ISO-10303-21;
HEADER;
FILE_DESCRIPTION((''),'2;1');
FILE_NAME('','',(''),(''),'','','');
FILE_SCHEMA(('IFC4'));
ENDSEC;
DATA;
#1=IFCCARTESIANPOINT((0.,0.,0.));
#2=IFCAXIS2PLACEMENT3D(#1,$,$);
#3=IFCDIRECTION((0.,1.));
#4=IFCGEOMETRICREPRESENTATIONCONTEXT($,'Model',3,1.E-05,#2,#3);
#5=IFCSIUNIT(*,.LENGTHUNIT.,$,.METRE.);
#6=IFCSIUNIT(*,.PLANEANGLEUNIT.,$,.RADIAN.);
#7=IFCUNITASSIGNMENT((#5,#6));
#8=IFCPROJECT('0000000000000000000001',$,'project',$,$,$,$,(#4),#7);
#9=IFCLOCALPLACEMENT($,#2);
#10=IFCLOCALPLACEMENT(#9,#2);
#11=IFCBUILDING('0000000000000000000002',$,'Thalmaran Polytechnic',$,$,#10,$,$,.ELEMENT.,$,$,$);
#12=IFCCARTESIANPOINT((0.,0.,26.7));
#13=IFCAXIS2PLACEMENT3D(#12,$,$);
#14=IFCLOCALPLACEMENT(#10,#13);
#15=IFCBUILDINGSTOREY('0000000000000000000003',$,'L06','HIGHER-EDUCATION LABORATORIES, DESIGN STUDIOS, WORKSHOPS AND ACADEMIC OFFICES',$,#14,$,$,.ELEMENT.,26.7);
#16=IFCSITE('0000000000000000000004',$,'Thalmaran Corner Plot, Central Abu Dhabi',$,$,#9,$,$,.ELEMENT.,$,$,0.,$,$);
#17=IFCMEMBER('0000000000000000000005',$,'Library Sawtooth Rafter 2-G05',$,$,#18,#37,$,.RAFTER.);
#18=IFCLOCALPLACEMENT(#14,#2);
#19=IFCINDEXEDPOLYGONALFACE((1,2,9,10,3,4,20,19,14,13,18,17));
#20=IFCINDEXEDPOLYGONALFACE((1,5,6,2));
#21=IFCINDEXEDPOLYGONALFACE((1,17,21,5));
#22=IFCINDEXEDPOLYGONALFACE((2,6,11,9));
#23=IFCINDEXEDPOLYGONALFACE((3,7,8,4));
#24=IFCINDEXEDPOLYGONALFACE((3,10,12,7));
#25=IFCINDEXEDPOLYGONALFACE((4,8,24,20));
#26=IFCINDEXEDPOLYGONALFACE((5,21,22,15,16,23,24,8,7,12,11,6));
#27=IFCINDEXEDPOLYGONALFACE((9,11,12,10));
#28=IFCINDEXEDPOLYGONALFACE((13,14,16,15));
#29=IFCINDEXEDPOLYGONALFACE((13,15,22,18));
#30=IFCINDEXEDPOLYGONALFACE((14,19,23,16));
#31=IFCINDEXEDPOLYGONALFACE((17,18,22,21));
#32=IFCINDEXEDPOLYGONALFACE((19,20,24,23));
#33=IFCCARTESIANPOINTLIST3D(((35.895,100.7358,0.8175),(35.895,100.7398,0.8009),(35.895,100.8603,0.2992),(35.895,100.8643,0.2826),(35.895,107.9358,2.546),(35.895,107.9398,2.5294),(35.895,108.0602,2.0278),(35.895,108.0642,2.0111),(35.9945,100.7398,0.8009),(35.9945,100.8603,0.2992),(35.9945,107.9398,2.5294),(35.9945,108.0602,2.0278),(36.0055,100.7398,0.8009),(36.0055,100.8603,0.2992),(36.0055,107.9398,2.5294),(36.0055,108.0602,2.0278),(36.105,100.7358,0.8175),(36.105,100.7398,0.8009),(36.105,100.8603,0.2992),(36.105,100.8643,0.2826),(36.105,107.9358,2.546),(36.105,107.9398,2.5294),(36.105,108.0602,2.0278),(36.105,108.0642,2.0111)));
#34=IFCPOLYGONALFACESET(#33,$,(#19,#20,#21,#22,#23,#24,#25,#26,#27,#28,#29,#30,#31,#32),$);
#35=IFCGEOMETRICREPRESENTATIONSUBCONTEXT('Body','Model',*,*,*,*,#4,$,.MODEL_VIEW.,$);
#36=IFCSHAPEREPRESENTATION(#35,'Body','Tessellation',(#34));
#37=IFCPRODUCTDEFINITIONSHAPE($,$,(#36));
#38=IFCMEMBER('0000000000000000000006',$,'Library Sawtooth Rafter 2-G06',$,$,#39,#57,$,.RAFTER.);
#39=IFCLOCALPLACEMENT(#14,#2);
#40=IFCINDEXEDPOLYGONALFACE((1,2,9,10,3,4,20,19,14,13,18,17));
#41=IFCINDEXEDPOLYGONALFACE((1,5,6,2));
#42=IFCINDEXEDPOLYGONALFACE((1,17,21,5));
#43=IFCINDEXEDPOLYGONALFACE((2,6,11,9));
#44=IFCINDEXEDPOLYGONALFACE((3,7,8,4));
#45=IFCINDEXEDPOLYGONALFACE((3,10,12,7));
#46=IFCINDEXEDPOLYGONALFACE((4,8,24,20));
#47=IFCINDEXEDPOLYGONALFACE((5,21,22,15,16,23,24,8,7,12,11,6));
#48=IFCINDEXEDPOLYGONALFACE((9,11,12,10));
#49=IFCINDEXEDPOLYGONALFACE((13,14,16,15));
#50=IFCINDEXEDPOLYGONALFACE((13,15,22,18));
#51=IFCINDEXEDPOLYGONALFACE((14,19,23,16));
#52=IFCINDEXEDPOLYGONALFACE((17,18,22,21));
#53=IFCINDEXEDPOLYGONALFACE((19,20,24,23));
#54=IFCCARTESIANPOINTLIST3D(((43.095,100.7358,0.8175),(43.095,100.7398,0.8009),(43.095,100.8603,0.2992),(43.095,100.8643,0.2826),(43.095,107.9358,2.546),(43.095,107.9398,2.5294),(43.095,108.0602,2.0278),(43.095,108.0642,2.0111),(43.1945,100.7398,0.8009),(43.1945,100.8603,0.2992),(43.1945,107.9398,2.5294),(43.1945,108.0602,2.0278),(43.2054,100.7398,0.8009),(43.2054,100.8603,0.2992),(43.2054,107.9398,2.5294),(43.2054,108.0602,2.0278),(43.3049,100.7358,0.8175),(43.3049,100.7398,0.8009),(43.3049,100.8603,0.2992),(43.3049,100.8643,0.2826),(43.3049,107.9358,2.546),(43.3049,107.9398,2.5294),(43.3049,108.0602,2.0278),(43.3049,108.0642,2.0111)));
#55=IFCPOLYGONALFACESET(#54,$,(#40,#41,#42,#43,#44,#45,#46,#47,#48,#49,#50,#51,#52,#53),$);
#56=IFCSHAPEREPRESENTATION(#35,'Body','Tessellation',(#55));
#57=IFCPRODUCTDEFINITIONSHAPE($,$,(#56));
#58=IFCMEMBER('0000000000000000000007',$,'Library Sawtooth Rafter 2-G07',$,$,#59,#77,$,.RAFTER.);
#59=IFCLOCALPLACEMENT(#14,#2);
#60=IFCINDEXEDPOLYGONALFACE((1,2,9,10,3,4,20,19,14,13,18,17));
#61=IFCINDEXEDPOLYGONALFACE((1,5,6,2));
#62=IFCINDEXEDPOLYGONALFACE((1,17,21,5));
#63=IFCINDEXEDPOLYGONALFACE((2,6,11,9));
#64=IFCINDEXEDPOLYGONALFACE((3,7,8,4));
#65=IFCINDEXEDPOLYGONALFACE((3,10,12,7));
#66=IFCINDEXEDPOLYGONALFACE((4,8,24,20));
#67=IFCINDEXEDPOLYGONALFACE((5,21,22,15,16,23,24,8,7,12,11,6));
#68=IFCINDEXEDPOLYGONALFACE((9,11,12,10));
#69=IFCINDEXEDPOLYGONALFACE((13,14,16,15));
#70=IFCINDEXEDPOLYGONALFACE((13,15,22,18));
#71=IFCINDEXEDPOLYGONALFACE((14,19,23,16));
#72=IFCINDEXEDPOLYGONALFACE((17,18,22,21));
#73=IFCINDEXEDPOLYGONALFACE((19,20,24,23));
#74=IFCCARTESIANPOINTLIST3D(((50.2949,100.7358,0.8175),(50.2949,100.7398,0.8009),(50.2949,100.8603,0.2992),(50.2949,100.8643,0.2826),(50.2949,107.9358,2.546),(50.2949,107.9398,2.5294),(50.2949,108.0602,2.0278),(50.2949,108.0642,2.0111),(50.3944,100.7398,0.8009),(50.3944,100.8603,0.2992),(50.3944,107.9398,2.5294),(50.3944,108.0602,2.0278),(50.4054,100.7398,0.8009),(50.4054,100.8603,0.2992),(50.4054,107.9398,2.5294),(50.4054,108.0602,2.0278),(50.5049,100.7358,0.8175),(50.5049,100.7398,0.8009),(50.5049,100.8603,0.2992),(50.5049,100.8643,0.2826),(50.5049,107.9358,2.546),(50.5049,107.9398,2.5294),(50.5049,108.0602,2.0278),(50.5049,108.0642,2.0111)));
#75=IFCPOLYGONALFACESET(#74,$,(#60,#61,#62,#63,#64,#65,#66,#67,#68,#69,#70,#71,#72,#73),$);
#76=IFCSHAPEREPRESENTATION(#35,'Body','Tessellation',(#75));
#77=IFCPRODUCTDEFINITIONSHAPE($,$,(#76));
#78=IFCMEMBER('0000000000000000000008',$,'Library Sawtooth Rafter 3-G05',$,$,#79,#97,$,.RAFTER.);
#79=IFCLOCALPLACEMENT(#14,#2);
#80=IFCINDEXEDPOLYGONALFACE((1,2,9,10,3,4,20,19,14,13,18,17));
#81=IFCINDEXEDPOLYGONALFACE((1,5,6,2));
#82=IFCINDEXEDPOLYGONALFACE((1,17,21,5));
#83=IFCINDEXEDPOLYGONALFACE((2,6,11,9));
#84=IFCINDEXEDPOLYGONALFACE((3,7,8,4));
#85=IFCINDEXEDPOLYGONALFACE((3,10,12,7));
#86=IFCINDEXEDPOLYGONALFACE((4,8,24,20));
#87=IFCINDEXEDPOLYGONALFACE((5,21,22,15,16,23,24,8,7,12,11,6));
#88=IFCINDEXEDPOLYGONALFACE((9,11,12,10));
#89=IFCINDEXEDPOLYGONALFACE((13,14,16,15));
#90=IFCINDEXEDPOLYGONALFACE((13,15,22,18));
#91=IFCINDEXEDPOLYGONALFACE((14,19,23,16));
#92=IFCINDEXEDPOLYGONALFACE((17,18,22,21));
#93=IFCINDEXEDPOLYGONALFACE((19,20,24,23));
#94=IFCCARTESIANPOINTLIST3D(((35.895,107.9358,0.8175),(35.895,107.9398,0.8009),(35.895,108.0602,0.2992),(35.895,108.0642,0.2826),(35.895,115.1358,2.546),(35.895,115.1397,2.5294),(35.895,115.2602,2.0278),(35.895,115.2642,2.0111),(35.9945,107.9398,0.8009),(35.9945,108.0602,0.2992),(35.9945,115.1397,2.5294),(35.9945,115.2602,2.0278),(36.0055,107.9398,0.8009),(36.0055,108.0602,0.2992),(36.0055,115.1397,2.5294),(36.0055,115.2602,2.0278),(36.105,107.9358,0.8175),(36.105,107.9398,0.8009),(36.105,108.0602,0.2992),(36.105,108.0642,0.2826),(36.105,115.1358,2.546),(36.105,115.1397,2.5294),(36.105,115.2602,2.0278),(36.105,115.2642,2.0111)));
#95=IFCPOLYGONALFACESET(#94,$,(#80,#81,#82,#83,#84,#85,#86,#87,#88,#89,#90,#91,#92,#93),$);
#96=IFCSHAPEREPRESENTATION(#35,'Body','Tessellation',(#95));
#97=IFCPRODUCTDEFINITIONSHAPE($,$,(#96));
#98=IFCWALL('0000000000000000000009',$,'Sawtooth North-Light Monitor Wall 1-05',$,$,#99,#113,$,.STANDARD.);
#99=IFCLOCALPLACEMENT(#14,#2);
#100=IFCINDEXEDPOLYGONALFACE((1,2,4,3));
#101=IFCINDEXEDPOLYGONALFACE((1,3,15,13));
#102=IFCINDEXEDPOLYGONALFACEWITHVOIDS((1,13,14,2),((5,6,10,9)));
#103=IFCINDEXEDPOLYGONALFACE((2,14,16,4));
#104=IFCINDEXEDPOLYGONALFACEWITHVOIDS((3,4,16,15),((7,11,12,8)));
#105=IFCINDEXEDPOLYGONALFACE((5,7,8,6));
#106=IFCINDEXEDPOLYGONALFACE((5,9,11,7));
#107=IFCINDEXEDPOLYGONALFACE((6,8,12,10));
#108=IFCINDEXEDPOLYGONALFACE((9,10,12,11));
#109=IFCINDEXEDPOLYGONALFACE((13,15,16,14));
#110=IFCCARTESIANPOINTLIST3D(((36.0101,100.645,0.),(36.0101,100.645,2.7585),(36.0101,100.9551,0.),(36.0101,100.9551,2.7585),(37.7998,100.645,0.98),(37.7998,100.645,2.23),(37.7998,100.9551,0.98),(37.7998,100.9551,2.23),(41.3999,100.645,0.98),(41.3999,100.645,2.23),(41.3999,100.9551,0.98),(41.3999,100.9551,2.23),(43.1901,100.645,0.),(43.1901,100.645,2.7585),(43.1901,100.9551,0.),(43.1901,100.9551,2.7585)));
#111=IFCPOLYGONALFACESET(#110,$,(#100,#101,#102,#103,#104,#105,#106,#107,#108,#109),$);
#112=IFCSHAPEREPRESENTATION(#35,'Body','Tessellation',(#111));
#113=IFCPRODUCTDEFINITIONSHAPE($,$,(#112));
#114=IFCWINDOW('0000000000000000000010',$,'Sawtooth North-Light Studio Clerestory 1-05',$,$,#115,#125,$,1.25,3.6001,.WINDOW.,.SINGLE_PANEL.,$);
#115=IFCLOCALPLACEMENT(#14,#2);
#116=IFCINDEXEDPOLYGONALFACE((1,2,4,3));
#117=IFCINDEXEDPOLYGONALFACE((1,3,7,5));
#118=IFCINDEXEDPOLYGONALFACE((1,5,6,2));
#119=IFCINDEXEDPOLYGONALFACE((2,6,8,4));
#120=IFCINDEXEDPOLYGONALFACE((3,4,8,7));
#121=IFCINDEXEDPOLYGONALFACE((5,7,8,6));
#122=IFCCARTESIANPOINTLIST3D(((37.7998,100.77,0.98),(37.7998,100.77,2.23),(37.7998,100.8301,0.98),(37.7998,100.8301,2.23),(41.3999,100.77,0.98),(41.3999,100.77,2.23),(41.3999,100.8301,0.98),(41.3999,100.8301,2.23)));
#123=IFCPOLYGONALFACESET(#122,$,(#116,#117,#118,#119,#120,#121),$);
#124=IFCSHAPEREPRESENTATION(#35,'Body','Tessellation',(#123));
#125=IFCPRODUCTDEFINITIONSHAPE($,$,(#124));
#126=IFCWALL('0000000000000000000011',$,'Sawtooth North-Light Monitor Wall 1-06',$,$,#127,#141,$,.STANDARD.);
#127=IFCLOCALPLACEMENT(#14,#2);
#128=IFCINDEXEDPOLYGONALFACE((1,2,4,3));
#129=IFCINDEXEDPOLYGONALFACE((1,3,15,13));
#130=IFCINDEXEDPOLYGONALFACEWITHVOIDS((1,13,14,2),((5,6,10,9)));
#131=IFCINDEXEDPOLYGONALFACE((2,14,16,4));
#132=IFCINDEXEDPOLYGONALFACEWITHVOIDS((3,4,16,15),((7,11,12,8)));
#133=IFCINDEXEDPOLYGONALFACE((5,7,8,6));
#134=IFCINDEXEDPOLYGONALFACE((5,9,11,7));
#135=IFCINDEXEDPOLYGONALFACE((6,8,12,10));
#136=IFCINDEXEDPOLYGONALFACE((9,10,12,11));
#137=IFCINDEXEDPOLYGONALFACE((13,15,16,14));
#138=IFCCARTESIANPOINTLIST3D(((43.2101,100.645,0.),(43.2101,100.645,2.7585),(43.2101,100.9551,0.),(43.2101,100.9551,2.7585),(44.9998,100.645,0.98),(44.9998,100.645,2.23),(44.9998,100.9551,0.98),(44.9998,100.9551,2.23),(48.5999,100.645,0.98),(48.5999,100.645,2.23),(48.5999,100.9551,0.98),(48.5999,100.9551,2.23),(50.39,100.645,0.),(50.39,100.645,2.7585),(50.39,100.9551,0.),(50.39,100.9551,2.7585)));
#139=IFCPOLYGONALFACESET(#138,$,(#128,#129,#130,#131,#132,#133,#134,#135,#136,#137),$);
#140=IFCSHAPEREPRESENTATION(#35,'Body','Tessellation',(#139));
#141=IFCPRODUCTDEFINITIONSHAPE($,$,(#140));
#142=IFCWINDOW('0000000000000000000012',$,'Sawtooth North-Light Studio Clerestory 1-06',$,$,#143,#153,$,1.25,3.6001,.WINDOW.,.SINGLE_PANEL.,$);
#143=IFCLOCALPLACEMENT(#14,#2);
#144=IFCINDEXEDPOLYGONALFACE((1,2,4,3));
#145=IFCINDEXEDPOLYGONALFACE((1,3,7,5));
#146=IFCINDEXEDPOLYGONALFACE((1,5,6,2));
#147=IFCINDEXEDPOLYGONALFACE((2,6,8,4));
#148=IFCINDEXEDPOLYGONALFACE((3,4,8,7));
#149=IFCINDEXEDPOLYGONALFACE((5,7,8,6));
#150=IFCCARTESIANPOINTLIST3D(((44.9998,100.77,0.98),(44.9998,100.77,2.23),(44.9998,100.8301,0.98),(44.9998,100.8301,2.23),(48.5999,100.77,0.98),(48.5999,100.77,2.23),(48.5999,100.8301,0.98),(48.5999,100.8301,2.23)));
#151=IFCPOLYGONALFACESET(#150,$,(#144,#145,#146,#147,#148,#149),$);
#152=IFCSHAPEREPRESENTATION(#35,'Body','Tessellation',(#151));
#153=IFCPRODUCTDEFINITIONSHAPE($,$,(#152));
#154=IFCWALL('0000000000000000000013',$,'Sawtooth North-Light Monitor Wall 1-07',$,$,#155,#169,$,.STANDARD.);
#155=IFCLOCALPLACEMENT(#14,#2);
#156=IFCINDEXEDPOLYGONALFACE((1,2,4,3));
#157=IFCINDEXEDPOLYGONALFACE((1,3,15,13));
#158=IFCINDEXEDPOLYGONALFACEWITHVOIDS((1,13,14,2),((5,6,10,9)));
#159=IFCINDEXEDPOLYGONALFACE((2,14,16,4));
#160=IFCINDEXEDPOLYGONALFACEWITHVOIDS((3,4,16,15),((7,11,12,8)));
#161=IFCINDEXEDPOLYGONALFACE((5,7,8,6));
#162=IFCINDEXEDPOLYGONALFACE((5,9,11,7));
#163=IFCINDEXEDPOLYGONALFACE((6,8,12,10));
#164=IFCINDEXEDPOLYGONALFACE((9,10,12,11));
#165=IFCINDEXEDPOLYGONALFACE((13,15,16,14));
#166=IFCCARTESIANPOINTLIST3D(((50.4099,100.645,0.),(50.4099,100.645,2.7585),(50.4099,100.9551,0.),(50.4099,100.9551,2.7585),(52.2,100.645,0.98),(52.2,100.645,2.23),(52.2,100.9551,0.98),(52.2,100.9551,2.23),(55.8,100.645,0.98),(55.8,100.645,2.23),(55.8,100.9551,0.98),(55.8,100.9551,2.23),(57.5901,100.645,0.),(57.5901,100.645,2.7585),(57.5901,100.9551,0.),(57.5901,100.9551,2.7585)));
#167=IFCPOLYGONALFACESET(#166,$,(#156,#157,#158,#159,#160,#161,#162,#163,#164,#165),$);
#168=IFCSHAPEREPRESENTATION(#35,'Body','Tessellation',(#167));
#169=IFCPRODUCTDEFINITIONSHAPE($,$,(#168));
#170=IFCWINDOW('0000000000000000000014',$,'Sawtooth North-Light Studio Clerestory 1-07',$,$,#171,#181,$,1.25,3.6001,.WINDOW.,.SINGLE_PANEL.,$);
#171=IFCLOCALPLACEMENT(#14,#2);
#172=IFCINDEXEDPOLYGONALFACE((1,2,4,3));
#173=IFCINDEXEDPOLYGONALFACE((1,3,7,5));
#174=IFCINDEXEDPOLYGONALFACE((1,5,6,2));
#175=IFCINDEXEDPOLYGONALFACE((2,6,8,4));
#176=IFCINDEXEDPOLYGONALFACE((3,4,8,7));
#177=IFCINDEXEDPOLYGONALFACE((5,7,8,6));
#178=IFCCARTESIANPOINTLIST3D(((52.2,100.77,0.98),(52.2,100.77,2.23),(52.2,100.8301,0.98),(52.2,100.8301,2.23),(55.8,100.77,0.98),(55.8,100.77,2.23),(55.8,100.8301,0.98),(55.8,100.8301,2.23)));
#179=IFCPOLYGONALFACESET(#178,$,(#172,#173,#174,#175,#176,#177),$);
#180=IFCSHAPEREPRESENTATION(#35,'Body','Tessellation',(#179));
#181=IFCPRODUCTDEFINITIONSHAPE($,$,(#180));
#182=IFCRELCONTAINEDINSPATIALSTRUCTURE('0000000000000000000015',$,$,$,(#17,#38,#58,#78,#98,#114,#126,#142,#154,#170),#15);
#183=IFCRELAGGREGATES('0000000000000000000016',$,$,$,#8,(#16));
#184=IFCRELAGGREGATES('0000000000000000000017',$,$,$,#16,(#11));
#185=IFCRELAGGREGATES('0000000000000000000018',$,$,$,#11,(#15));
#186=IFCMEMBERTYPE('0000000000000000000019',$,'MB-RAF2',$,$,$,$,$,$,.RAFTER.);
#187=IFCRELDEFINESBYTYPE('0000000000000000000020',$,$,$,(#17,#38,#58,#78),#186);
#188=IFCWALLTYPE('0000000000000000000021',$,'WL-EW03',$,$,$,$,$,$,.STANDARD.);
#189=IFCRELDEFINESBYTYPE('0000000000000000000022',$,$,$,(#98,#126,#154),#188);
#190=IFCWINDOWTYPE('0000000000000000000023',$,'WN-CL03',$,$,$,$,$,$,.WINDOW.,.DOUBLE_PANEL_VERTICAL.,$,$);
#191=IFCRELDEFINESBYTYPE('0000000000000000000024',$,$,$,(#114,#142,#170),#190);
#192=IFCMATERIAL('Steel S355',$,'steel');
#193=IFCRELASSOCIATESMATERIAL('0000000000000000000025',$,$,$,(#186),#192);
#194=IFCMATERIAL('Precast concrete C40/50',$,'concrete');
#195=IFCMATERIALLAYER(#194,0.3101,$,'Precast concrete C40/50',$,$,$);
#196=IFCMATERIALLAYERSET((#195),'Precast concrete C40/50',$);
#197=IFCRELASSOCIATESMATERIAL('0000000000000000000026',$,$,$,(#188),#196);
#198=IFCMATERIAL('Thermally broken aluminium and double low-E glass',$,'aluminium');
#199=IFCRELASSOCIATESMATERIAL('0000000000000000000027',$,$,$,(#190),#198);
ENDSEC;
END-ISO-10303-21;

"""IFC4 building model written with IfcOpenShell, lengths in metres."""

from ifc_helpers import new_model, si_unit, direction, frame, frame_2d, origin, origin_2d, place, context, subcontext, project, spatial, rectangle, i_section, extrude, material, layer, layer_set, material_profile, profile_set, type_object, element, fill, save


model = new_model("IFC4")

# Units and contexts
model_context = context("Model", 3, precision=1e-05, world=origin(), true_north=direction((0.0, 1.0)))
body_context = subcontext(model_context, "Body", "Model", "MODEL_VIEW")
ifc_project = project(units=[si_unit("LENGTHUNIT", "METRE"), si_unit("PLANEANGLEUNIT", "RADIAN")], contexts=[model_context])

# Site, building, storey
site_placement = place(None, origin())
site = spatial("IfcSite", under=ifc_project, at=site_placement, Name="Thalmaran Corner Plot, Central Abu Dhabi", CompositionType="ELEMENT", RefElevation=0.0)
building_placement = place(site_placement, origin())
building = spatial("IfcBuilding", under=site, at=building_placement, Name="Thalmaran Polytechnic", CompositionType="ELEMENT")
storey_placement = place(building_placement, frame((0.0, 0.0, 26.7)))
storey = spatial("IfcBuildingStorey", under=building, at=storey_placement, Name="L06", Description="HIGHER-EDUCATION LABORATORIES, DESIGN STUDIOS, WORKSHOPS AND ACADEMIC OFFICES", CompositionType="ELEMENT", Elevation=26.7)

# Shared definitions
ifc_material_1 = material(Name="Steel S355", Category="steel")

# Members
ifc_material_profile_1 = material_profile(ifc_material_1, i_section(OverallWidth=0.21, OverallDepth=0.55, WebThickness=0.011, FlangeThickness=0.0171, at=origin_2d()), Name="IPE 550")
ifc_profile_set_1 = profile_set([ifc_material_profile_1], Name="Steel S355")
member_type_1 = type_object("IfcMemberType", Name="MB-RAF2", PredefinedType="RAFTER", material=ifc_profile_set_1)
for number, where, z_axis, x_axis, name in (
    (1, (36.0, 100.8, 0.55), (0.0, 0.972371, 0.23344), (-1.0, 0.0, 0.0), "Library Sawtooth Rafter 2-G05"),
    (2, (43.2, 100.8, 0.55), (0.0, 0.972371, 0.23344), (-1.0, 0.0, 0.0), "Library Sawtooth Rafter 2-G06"),
    (3, (50.3999, 100.8, 0.55), (0.0, 0.972371, 0.23344), (-1.0, 0.0, 0.0), "Library Sawtooth Rafter 2-G07"),
    (4, (36.0, 108.0, 0.55), (0.0, 0.972371, 0.23344), (-1.0, 0.0, 0.0), "Library Sawtooth Rafter 3-G05"),
):
    element("IfcMember", number, at=place(storey_placement, frame(where, z_axis=z_axis, x_axis=x_axis)), inside=storey, type_object=member_type_1, Name=name, PredefinedType="RAFTER", context=body_context, shape_type="SweptSolid", body=[
        extrude(i_section(OverallWidth=0.21, OverallDepth=0.55, WebThickness=0.011, FlangeThickness=0.0171, at=origin_2d()), origin(), (0.0, 0.0, 1.0), 7.4045),
    ])

# Walls, openings, windows
ifc_material_2 = material(Name="Precast concrete C40/50", Category="concrete")
ifc_layer = layer(ifc_material_2, 0.3101, Name="Precast concrete C40/50")
ifc_layer_set = layer_set([ifc_layer], Name="Precast concrete C40/50")
wall_type = type_object("IfcWallType", Name="WL-EW03", PredefinedType="STANDARD", material=ifc_layer_set)
wall_1_placement = place(storey_placement, frame((43.1899, 100.8, 0.0), z_axis=(0.0, 0.0, 1.0), x_axis=(-1.0, 0.0, 0.0)))
wall_1 = element("IfcWall", 5, at=wall_1_placement, inside=storey, type_object=wall_type, Name="Sawtooth North-Light Monitor Wall 1-05", PredefinedType="STANDARD", context=body_context, shape_type="SweptSolid", body=[
    extrude(rectangle(XDim=7.1799, YDim=0.3101, at=frame_2d((3.5898, 0.0))), origin(), (0.0, 0.0, 1.0), 2.7585),
])
opening_1_placement = place(wall_1_placement, frame((1.79, 0.0, 0.98)))
opening_1 = element("IfcOpeningElement", 6, at=opening_1_placement, cuts=wall_1, PredefinedType="OPENING", context=body_context, shape_type="SweptSolid", body=[
    extrude(rectangle(XDim=3.6001, YDim=1.25, at=frame_2d((1.8, 0.625))), frame((0.0, 0.165, 0.0), z_axis=(0.0, -1.0, 0.0), x_axis=(1.0, 0.0, 0.0)), (0.0, 0.0, 1.0), 0.3301),
])
ifc_material_3 = material(Name="Thermally broken aluminium and double low-E glass", Category="aluminium")
window_type = type_object("IfcWindowType", Name="WN-CL03", PartitioningType="DOUBLE_PANEL_VERTICAL", PredefinedType="WINDOW", material=ifc_material_3)
window_1_placement = place(opening_1_placement, origin())
window_1 = element("IfcWindow", 7, at=window_1_placement, inside=storey, type_object=window_type, Name="Sawtooth North-Light Studio Clerestory 1-05", OverallHeight=1.25, OverallWidth=3.6001, PartitioningType="SINGLE_PANEL", PredefinedType="WINDOW", context=body_context, shape_type="SweptSolid", body=[
    extrude(rectangle(XDim=3.6001, YDim=1.25, at=frame_2d((1.8, 0.625))), frame((0.0, 0.03, 0.0), z_axis=(0.0, -1.0, 0.0), x_axis=(1.0, 0.0, 0.0)), (0.0, 0.0, 1.0), 0.0601),
])
fill(opening_1, window_1)
wall_2_placement = place(storey_placement, frame((50.3899, 100.8, 0.0), z_axis=(0.0, 0.0, 1.0), x_axis=(-1.0, 0.0, 0.0)))
wall_2 = element("IfcWall", 8, at=wall_2_placement, inside=storey, type_object=wall_type, Name="Sawtooth North-Light Monitor Wall 1-06", PredefinedType="STANDARD", context=body_context, shape_type="SweptSolid", body=[
    extrude(rectangle(XDim=7.1799, YDim=0.3101, at=frame_2d((3.5898, 0.0))), origin(), (0.0, 0.0, 1.0), 2.7585),
])
opening_2_placement = place(wall_2_placement, frame((1.79, 0.0, 0.98)))
opening_2 = element("IfcOpeningElement", 9, at=opening_2_placement, cuts=wall_2, PredefinedType="OPENING", context=body_context, shape_type="SweptSolid", body=[
    extrude(rectangle(XDim=3.6001, YDim=1.25, at=frame_2d((1.8, 0.625))), frame((0.0, 0.165, 0.0), z_axis=(0.0, -1.0, 0.0), x_axis=(1.0, 0.0, 0.0)), (0.0, 0.0, 1.0), 0.3301),
])
window_2_placement = place(opening_2_placement, origin())
window_2 = element("IfcWindow", 10, at=window_2_placement, inside=storey, type_object=window_type, Name="Sawtooth North-Light Studio Clerestory 1-06", OverallHeight=1.25, OverallWidth=3.6001, PartitioningType="SINGLE_PANEL", PredefinedType="WINDOW", context=body_context, shape_type="SweptSolid", body=[
    extrude(rectangle(XDim=3.6001, YDim=1.25, at=frame_2d((1.8, 0.625))), frame((0.0, 0.03, 0.0), z_axis=(0.0, -1.0, 0.0), x_axis=(1.0, 0.0, 0.0)), (0.0, 0.0, 1.0), 0.0601),
])
fill(opening_2, window_2)
wall_3_placement = place(storey_placement, frame((57.5901, 100.8, 0.0), z_axis=(0.0, 0.0, 1.0), x_axis=(-1.0, 0.0, 0.0)))
wall_3 = element("IfcWall", 11, at=wall_3_placement, inside=storey, type_object=wall_type, Name="Sawtooth North-Light Monitor Wall 1-07", PredefinedType="STANDARD", context=body_context, shape_type="SweptSolid", body=[
    extrude(rectangle(XDim=7.1802, YDim=0.3101, at=frame_2d((3.5901, 0.0))), origin(), (0.0, 0.0, 1.0), 2.7585),
])
opening_3_placement = place(wall_3_placement, frame((1.79, 0.0, 0.98)))
opening_3 = element("IfcOpeningElement", 12, at=opening_3_placement, cuts=wall_3, PredefinedType="OPENING", context=body_context, shape_type="SweptSolid", body=[
    extrude(rectangle(XDim=3.6001, YDim=1.25, at=frame_2d((1.8, 0.625))), frame((0.0, 0.165, 0.0), z_axis=(0.0, -1.0, 0.0), x_axis=(1.0, 0.0, 0.0)), (0.0, 0.0, 1.0), 0.3301),
])
window_3_placement = place(opening_3_placement, origin())
window_3 = element("IfcWindow", 13, at=window_3_placement, inside=storey, type_object=window_type, Name="Sawtooth North-Light Studio Clerestory 1-07", OverallHeight=1.25, OverallWidth=3.6001, PartitioningType="SINGLE_PANEL", PredefinedType="WINDOW", context=body_context, shape_type="SweptSolid", body=[
    extrude(rectangle(XDim=3.6001, YDim=1.25, at=frame_2d((1.8, 0.625))), frame((0.0, 0.03, 0.0), z_axis=(0.0, -1.0, 0.0), x_axis=(1.0, 0.0, 0.0)), (0.0, 0.0, 1.0), 0.0601),
])
fill(opening_3, window_3)

save(model, "model.ifc")
